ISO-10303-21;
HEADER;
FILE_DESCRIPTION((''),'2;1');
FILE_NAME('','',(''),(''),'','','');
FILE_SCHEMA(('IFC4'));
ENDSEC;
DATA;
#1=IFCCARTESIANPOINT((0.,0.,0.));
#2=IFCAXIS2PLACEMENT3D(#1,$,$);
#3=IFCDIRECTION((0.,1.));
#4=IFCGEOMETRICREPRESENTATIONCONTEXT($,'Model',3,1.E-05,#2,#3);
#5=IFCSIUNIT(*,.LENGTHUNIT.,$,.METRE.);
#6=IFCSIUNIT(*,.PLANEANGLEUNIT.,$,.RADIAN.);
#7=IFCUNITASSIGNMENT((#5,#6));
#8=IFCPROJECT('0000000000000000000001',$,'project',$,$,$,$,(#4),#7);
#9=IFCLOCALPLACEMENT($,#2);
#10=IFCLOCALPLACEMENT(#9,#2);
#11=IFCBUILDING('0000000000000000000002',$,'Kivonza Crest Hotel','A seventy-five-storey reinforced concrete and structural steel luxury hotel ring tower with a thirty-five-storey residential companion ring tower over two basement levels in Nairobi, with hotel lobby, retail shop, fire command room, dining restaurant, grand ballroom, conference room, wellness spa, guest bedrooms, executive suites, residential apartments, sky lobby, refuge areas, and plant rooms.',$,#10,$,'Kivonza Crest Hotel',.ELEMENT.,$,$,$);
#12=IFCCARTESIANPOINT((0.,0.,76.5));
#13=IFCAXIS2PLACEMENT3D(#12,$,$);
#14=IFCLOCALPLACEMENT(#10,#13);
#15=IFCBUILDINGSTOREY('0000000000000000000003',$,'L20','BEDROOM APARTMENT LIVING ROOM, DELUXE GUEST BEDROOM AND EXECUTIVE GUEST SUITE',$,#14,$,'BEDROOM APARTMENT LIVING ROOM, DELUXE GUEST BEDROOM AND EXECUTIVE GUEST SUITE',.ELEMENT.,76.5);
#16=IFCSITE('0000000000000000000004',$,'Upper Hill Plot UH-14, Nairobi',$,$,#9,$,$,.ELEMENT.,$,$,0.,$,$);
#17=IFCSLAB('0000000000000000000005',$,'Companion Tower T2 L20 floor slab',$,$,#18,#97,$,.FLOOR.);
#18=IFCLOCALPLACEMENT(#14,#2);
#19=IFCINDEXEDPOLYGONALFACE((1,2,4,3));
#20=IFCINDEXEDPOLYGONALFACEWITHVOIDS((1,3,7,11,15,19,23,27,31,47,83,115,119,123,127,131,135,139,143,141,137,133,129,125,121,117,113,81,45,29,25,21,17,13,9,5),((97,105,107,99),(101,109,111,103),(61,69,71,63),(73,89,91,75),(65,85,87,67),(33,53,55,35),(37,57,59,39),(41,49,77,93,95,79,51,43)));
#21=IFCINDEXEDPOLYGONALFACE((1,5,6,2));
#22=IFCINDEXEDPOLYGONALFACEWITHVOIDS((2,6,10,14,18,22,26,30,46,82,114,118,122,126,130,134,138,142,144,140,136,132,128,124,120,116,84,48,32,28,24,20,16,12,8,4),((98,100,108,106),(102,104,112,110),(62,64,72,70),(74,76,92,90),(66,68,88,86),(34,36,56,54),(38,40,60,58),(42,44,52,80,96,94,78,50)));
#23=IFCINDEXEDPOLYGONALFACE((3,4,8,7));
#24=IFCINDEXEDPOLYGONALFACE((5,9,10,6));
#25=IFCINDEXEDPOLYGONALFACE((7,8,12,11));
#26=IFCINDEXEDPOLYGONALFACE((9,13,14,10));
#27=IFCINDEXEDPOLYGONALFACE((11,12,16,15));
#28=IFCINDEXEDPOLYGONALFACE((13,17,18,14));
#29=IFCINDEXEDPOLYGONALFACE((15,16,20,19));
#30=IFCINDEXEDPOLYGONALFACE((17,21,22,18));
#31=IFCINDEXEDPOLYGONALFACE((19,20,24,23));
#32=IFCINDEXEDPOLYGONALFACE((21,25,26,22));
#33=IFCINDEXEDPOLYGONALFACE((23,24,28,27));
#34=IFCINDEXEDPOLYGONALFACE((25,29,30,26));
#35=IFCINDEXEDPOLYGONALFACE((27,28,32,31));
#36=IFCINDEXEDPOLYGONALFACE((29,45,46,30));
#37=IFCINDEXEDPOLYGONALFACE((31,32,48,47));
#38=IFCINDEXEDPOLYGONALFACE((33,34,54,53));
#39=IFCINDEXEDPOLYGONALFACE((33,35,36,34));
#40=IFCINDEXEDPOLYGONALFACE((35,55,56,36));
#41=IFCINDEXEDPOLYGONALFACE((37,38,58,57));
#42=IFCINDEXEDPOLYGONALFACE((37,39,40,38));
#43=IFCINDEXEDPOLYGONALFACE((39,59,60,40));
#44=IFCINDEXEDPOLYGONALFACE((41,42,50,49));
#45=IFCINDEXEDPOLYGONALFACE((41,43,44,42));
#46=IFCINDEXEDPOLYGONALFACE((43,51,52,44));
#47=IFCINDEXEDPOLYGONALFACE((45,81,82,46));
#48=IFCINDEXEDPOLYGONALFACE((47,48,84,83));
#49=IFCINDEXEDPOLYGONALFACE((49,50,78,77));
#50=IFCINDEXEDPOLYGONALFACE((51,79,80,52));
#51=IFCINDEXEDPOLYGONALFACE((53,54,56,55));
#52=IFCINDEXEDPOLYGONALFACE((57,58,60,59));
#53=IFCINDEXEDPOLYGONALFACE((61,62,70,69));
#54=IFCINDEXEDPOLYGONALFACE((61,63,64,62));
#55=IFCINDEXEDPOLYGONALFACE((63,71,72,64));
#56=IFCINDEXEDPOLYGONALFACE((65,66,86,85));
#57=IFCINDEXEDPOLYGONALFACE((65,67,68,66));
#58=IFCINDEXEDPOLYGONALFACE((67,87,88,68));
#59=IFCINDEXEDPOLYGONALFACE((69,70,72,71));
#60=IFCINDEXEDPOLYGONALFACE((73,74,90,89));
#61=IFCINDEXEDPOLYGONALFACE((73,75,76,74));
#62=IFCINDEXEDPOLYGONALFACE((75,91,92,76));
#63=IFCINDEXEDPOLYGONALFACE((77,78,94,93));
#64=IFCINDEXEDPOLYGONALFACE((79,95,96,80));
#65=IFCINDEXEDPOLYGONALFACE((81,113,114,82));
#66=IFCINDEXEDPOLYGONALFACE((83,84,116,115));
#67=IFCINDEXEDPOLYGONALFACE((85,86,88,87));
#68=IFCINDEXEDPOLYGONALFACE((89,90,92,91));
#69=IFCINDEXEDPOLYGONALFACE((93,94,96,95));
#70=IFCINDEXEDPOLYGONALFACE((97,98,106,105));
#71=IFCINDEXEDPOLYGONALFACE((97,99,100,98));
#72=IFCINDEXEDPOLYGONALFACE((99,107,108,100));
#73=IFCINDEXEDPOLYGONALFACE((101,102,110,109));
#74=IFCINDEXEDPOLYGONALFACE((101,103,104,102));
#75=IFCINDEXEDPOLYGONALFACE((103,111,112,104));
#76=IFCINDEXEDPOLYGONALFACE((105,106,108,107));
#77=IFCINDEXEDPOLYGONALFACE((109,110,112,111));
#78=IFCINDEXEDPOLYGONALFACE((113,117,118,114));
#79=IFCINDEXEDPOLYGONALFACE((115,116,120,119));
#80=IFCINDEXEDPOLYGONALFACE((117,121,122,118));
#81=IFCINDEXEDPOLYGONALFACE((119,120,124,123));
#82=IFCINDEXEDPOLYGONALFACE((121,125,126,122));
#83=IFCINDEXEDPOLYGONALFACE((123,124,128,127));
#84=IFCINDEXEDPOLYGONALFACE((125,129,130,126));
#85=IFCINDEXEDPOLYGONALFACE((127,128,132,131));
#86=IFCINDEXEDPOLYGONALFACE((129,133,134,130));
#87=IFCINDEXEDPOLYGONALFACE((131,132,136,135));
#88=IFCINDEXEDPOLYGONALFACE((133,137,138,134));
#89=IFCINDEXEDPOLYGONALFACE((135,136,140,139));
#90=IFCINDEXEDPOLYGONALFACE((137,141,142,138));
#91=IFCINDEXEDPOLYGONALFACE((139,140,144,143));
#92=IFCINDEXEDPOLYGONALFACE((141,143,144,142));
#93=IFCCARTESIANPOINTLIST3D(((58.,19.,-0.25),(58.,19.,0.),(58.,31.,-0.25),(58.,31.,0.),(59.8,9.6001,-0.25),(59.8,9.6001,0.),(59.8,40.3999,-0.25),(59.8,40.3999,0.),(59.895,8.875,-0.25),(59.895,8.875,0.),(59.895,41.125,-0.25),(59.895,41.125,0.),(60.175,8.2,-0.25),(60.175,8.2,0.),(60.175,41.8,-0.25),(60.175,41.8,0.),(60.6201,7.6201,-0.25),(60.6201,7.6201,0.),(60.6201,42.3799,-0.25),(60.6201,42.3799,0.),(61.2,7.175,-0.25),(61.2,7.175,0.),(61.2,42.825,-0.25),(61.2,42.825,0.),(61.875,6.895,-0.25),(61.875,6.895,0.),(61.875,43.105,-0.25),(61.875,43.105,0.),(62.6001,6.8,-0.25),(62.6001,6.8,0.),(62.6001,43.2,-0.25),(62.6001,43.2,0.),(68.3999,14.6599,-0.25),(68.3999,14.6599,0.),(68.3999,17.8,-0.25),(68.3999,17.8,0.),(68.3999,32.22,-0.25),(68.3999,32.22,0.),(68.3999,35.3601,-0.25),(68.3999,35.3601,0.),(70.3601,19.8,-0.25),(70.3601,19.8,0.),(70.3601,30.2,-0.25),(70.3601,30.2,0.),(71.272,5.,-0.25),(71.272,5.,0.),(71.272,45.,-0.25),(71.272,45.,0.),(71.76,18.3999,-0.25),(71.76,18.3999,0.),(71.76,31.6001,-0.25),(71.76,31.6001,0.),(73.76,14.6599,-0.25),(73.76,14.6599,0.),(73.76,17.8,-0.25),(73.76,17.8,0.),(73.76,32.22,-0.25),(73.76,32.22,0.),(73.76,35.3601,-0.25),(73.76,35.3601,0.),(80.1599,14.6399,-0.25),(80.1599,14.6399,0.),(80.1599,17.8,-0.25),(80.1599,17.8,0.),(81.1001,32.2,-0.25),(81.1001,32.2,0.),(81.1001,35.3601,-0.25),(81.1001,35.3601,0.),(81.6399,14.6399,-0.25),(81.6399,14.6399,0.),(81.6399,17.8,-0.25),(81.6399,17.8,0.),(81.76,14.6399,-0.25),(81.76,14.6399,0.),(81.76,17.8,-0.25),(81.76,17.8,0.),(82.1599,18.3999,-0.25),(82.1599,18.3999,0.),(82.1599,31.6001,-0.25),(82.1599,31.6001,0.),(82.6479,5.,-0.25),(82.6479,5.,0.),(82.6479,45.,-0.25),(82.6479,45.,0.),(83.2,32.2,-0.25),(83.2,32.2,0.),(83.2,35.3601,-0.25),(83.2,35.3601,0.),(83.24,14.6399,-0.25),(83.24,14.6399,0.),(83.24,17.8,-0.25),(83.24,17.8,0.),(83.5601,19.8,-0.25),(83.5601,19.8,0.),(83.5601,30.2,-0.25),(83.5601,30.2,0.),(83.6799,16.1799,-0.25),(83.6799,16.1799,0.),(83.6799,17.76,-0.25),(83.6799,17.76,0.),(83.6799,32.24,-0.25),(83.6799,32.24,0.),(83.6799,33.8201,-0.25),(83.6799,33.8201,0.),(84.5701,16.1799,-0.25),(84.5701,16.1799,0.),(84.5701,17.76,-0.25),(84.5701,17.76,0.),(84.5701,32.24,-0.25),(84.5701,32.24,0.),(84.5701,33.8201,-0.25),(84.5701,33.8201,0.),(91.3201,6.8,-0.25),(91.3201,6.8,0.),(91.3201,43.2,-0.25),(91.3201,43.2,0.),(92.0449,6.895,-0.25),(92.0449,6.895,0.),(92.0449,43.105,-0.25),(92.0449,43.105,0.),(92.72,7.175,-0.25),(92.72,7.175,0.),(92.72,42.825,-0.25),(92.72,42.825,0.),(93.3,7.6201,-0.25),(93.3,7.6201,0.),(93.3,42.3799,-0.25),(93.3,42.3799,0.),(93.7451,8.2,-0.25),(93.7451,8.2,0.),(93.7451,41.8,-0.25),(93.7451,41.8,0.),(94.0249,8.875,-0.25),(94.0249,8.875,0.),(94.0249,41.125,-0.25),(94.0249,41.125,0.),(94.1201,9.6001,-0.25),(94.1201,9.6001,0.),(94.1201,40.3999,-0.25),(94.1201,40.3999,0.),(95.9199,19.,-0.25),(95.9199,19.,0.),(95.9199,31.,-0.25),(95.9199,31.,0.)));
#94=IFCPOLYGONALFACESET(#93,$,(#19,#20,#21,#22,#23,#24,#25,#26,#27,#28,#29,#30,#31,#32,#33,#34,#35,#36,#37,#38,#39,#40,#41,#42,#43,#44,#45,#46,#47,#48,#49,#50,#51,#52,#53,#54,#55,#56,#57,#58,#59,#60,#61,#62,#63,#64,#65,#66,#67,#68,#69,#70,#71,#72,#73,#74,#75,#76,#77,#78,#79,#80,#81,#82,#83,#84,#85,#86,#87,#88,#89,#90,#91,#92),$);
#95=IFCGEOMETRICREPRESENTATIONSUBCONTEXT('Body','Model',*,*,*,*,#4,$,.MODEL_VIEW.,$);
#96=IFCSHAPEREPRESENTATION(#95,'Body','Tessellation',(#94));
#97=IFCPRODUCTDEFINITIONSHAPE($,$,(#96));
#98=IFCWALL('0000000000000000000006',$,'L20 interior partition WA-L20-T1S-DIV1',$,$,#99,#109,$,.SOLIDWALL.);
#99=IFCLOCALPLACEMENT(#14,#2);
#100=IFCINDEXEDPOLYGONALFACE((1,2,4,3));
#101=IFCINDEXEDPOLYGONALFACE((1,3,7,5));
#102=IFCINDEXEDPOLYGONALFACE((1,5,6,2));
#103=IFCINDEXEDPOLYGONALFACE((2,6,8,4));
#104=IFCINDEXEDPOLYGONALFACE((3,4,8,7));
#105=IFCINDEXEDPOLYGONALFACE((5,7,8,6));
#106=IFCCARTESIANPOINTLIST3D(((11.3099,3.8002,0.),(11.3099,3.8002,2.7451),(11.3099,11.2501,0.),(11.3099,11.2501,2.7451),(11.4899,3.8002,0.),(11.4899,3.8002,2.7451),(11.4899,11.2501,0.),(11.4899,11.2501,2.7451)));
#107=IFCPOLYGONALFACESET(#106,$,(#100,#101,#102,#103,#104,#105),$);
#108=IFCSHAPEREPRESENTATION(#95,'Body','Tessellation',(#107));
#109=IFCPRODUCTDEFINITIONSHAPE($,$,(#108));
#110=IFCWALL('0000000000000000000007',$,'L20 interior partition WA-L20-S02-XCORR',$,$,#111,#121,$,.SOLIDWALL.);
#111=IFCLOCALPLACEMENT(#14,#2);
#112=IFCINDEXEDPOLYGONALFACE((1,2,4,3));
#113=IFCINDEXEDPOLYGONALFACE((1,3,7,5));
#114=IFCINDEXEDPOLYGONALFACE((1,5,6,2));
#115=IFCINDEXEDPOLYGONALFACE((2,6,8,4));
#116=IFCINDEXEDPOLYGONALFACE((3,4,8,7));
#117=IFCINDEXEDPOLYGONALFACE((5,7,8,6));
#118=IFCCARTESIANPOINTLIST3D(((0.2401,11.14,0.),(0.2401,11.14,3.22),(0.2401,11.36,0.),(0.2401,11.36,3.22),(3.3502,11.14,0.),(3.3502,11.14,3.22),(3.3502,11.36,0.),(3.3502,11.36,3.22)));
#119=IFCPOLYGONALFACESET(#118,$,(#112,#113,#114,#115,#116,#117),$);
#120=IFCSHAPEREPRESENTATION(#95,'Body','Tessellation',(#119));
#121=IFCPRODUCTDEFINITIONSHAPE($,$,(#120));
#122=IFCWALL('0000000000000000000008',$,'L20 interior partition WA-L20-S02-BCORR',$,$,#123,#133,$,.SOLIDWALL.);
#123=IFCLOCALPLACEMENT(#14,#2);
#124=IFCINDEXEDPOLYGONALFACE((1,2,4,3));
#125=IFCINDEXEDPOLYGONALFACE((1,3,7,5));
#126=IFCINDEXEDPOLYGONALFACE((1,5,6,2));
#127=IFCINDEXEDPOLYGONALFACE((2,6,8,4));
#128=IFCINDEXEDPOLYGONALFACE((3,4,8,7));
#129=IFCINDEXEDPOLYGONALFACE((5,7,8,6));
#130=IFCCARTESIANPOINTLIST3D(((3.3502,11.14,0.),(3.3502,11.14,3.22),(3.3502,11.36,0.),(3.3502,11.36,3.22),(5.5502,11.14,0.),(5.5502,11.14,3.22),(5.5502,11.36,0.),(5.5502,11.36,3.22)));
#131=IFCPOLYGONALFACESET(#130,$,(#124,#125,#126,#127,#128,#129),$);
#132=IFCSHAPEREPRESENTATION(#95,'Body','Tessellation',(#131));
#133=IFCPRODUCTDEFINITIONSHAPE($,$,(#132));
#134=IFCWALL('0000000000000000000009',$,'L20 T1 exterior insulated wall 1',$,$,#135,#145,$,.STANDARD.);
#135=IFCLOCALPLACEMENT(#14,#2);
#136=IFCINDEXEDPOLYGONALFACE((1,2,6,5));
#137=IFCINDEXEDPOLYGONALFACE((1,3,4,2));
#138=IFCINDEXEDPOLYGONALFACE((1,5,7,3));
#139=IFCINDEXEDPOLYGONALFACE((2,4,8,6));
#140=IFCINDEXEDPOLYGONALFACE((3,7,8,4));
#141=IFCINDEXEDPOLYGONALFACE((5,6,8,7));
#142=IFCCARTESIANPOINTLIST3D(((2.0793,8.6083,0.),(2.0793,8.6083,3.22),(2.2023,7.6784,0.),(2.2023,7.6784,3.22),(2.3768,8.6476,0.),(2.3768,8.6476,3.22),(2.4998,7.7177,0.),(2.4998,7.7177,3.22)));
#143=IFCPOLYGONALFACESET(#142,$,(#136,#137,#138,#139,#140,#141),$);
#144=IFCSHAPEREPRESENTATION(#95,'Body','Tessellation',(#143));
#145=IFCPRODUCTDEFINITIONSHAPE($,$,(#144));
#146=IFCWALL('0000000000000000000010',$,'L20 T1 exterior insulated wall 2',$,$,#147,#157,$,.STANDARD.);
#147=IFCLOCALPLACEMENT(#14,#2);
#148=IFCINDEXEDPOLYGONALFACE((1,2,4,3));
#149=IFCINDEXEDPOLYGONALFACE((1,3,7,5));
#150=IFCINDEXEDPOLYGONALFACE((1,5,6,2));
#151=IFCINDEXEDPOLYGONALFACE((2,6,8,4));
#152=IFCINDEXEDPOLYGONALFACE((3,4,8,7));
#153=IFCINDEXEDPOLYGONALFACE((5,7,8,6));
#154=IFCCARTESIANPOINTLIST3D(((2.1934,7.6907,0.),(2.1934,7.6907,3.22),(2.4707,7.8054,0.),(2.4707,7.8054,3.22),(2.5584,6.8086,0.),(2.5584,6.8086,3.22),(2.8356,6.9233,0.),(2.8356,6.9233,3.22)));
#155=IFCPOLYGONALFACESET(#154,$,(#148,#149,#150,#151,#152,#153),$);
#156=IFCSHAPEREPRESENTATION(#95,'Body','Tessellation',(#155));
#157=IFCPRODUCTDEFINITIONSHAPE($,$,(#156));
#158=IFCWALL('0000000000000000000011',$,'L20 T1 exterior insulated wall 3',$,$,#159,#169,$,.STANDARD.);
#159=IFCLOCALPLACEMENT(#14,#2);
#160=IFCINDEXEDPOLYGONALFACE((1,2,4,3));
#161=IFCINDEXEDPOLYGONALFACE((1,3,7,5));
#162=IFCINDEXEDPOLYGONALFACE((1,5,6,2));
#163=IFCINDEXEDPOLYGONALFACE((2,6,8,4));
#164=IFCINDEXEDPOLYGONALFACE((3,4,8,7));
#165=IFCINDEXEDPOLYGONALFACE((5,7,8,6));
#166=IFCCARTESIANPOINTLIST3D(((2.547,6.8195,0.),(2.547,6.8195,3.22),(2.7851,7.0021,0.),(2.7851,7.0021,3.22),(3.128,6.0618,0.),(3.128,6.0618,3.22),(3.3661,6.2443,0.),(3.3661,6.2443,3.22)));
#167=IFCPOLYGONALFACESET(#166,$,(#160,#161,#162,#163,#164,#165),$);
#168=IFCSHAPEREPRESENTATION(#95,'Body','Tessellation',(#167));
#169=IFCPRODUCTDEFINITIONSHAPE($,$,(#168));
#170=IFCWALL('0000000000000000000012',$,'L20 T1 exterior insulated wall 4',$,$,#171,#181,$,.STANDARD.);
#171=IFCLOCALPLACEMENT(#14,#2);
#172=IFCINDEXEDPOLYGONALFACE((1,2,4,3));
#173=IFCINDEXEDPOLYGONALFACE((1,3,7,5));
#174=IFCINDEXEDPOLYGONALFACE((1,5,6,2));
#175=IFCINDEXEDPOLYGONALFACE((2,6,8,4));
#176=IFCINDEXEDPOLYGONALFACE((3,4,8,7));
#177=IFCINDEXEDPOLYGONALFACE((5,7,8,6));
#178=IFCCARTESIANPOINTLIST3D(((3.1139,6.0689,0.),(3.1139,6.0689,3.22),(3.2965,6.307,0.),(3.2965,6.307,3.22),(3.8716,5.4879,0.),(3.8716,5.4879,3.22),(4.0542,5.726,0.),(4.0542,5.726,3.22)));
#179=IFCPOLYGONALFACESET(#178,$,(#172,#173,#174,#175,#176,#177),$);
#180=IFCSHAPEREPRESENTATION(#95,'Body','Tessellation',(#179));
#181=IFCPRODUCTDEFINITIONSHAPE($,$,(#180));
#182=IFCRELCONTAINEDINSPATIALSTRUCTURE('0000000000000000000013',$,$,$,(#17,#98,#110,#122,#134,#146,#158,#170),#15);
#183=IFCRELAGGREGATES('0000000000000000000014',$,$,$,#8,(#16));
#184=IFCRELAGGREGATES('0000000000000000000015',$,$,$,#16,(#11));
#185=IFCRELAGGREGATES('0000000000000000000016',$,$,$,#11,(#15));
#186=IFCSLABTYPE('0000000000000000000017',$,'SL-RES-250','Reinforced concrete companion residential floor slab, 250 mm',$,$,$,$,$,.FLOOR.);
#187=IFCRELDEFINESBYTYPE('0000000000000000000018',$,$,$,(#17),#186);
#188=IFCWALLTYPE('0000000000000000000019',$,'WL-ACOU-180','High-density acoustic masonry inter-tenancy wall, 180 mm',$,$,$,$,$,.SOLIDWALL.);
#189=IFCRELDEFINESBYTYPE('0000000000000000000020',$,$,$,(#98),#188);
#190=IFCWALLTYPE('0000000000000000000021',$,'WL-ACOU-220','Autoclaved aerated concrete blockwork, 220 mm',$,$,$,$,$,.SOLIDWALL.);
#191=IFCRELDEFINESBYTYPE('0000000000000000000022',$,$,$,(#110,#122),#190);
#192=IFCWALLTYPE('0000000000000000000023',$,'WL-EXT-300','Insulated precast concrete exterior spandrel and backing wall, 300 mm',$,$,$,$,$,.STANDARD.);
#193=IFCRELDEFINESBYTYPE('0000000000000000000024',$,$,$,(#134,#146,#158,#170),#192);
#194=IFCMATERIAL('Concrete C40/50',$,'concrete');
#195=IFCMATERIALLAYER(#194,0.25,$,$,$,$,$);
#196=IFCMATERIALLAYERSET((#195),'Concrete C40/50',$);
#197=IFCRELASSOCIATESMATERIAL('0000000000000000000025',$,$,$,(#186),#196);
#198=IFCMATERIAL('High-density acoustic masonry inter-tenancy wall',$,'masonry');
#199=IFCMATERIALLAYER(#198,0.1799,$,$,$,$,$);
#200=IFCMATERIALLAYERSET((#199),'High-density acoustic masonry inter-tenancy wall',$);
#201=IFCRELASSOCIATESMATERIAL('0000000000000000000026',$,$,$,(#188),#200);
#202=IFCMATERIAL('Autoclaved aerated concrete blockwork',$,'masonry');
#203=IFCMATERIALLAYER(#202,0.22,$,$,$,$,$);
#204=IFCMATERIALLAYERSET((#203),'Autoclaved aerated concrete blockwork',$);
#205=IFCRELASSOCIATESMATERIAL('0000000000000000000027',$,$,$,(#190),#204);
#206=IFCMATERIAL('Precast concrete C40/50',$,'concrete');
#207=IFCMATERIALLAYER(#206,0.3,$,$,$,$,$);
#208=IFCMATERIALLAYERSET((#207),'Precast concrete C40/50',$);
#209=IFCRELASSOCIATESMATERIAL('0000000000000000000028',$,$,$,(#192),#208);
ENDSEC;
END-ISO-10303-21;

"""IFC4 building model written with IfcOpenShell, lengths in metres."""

from ifc_helpers import new_model, si_unit, direction, frame, frame_2d, origin, place, context, subcontext, project, spatial, polyline, rectangle, outline, extrude, material, layer, layer_set, type_object, element, save


model = new_model("IFC4")

# Units and contexts
model_context = context("Model", 3, precision=1e-05, world=origin(), true_north=direction((0.0, 1.0)))
body_context = subcontext(model_context, "Body", "Model", "MODEL_VIEW")
ifc_project = project(units=[si_unit("LENGTHUNIT", "METRE"), si_unit("PLANEANGLEUNIT", "RADIAN")], contexts=[model_context])

# Site, building, storey
site_placement = place(None, origin())
site = spatial("IfcSite", under=ifc_project, at=site_placement, Name="Upper Hill Plot UH-14, Nairobi", CompositionType="ELEMENT", RefElevation=0.0)
building_placement = place(site_placement, origin())
building = spatial("IfcBuilding", under=site, at=building_placement, Name="Kivonza Crest Hotel", Description="A seventy-five-storey reinforced concrete and structural steel luxury hotel ring tower with a thirty-five-storey residential companion ring tower over two basement levels in Nairobi, with hotel lobby, retail shop, fire command room, dining restaurant, grand ballroom, conference room, wellness spa, guest bedrooms, executive suites, residential apartments, sky lobby, refuge areas, and plant rooms.", LongName="Kivonza Crest Hotel", CompositionType="ELEMENT")
storey_placement = place(building_placement, frame((0.0, 0.0, 76.5)))
storey = spatial("IfcBuildingStorey", under=building, at=storey_placement, Name="L20", Description="BEDROOM APARTMENT LIVING ROOM, DELUXE GUEST BEDROOM AND EXECUTIVE GUEST SUITE", LongName="BEDROOM APARTMENT LIVING ROOM, DELUXE GUEST BEDROOM AND EXECUTIVE GUEST SUITE", CompositionType="ELEMENT", Elevation=76.5)

# Shared definitions
ifc_material_1 = material(Name="Concrete C40/50", Category="concrete")

# Slab
ifc_layer_1 = layer(ifc_material_1, 0.25)
ifc_layer_set_1 = layer_set([ifc_layer_1], Name="Concrete C40/50")
slab_type_1 = type_object("IfcSlabType", Name="SL-RES-250", Description="Reinforced concrete companion residential floor slab, 250 mm", PredefinedType="FLOOR", material=ifc_layer_set_1)
slab_1_placement = place(storey_placement, frame((0.0, 0.0, -0.25)))
element("IfcSlab", 1, at=slab_1_placement, inside=storey, type_object=slab_type_1, Name="Companion Tower T2 L20 floor slab", PredefinedType="FLOOR", context=body_context, shape_type="SweptSolid", body=[
    extrude(outline(polyline([(59.8, 9.6001), (59.895, 8.875), (60.175, 8.2), (60.6201, 7.6201), (61.2, 7.175), (61.875, 6.895), (62.6001, 6.8), (71.272, 5.0), (82.6479, 5.0), (91.3201, 6.8), (92.0449, 6.895), (92.72, 7.175), (93.3, 7.6201), (93.7451, 8.2), (94.0249, 8.875), (94.1201, 9.6001), (95.9199, 19.0), (95.9199, 31.0), (94.1201, 40.3999), (94.0249, 41.125), (93.7451, 41.8), (93.3, 42.3799), (92.72, 42.825), (92.0449, 43.105), (91.3201, 43.2), (82.6479, 45.0), (71.272, 45.0), (62.6001, 43.2), (61.875, 43.105), (61.2, 42.825), (60.6201, 42.3799), (60.175, 41.8), (59.895, 41.125), (59.8, 40.3999), (58.0, 31.0), (58.0, 19.0), (59.8, 9.6001)]), holes=[polyline([(71.76, 18.3999), (82.1599, 18.3999), (83.5601, 19.8), (83.5601, 30.2), (82.1599, 31.6001), (71.76, 31.6001), (70.3601, 30.2), (70.3601, 19.8), (71.76, 18.3999)]), polyline([(68.3999, 32.22), (73.76, 32.22), (73.76, 35.3601), (68.3999, 35.3601), (68.3999, 32.22)]), polyline([(68.3999, 14.6599), (73.76, 14.6599), (73.76, 17.8), (68.3999, 17.8), (68.3999, 14.6599)]), polyline([(83.6799, 32.24), (84.5701, 32.24), (84.5701, 33.8201), (83.6799, 33.8201), (83.6799, 32.24)]), polyline([(83.6799, 16.1799), (84.5701, 16.1799), (84.5701, 17.76), (83.6799, 17.76), (83.6799, 16.1799)]), polyline([(81.1001, 32.2), (83.2, 32.2), (83.2, 35.3601), (81.1001, 35.3601), (81.1001, 32.2)]), polyline([(80.1599, 14.6399), (81.6399, 14.6399), (81.6399, 17.8), (80.1599, 17.8), (80.1599, 14.6399)]), polyline([(81.76, 14.6399), (83.24, 14.6399), (83.24, 17.8), (81.76, 17.8), (81.76, 14.6399)])]), origin(), (0.0, 0.0, 1.0), 0.25),
])

# Walls
ifc_material_2 = material(Name="High-density acoustic masonry inter-tenancy wall", Category="masonry")
ifc_layer_2 = layer(ifc_material_2, 0.1799)
ifc_layer_set_2 = layer_set([ifc_layer_2], Name="High-density acoustic masonry inter-tenancy wall")
wall_type_1 = type_object("IfcWallType", Name="WL-ACOU-180", Description="High-density acoustic masonry inter-tenancy wall, 180 mm", PredefinedType="SOLIDWALL", material=ifc_layer_set_2)
wall_1_placement = place(storey_placement, frame((11.3999, 3.8, 0.0), z_axis=(0.0, 0.0, 1.0), x_axis=(0.0, 1.0, 0.0)))
element("IfcWall", 2, at=wall_1_placement, inside=storey, type_object=wall_type_1, Name="L20 interior partition WA-L20-T1S-DIV1", PredefinedType="SOLIDWALL", context=body_context, shape_type="SweptSolid", body=[
    extrude(rectangle(XDim=7.45, YDim=0.1799, at=frame_2d((3.7251, 0.0))), origin(), (0.0, 0.0, 1.0), 2.7451),
])
ifc_material_3 = material(Name="Autoclaved aerated concrete blockwork", Category="masonry")
ifc_layer_3 = layer(ifc_material_3, 0.22)
ifc_layer_set_3 = layer_set([ifc_layer_3], Name="Autoclaved aerated concrete blockwork")
wall_type_2 = type_object("IfcWallType", Name="WL-ACOU-220", Description="Autoclaved aerated concrete blockwork, 220 mm", PredefinedType="SOLIDWALL", material=ifc_layer_set_3)
wall_2_placement = place(storey_placement, frame((0.24, 11.25, 0.0), z_axis=(0.0, 0.0, 1.0), x_axis=(1.0, 0.0, 0.0)))
element("IfcWall", 3, at=wall_2_placement, inside=storey, type_object=wall_type_2, Name="L20 interior partition WA-L20-S02-XCORR", PredefinedType="SOLIDWALL", context=body_context, shape_type="SweptSolid", body=[
    extrude(rectangle(XDim=3.1101, YDim=0.22, at=frame_2d((1.5552, 0.0))), origin(), (0.0, 0.0, 1.0), 3.22),
])
wall_3_placement = place(storey_placement, frame((3.3501, 11.25, 0.0), z_axis=(0.0, 0.0, 1.0), x_axis=(1.0, 0.0, 0.0)))
element("IfcWall", 4, at=wall_3_placement, inside=storey, type_object=wall_type_2, Name="L20 interior partition WA-L20-S02-BCORR", PredefinedType="SOLIDWALL", context=body_context, shape_type="SweptSolid", body=[
    extrude(rectangle(XDim=2.2, YDim=0.22, at=frame_2d((1.1001, 0.0))), origin(), (0.0, 0.0, 1.0), 3.22),
])
ifc_material_4 = material(Name="Precast concrete C40/50", Category="concrete")
ifc_layer_4 = layer(ifc_material_4, 0.3)
ifc_layer_set_4 = layer_set([ifc_layer_4], Name="Precast concrete C40/50")
wall_type_3 = type_object("IfcWallType", Name="WL-EXT-300", Description="Insulated precast concrete exterior spandrel and backing wall, 300 mm", PredefinedType="STANDARD", material=ifc_layer_set_4)
wall_4_placement = place(storey_placement, frame((2.228, 8.6279, 0.0), z_axis=(0.0, 0.0, 1.0), x_axis=(0.131175, -0.991359, 0.0)))
element("IfcWall", 5, at=wall_4_placement, inside=storey, type_object=wall_type_3, Name="L20 T1 exterior insulated wall 1", PredefinedType="STANDARD", context=body_context, shape_type="SweptSolid", body=[
    extrude(rectangle(XDim=0.938, YDim=0.3, at=frame_2d((0.469, 0.0))), origin(), (0.0, 0.0, 1.0), 3.22),
])
wall_5_placement = place(storey_placement, frame((2.332, 7.748, 0.0), z_axis=(0.0, 0.0, 1.0), x_axis=(0.382344, -0.92402, 0.0)))
element("IfcWall", 6, at=wall_5_placement, inside=storey, type_object=wall_type_3, Name="L20 T1 exterior insulated wall 2", PredefinedType="STANDARD", context=body_context, shape_type="SweptSolid", body=[
    extrude(rectangle(XDim=0.9546, YDim=0.3, at=frame_2d((0.4773, 0.0))), origin(), (0.0, 0.0, 1.0), 3.22),
])
for number, where, z_axis, x_axis, name in (
    (7, (2.666, 6.9109, 0.0), (0.0, 0.0, 1.0), (0.608474, -0.793573, 0.0), "L20 T1 exterior insulated wall 3"),
    (8, (3.2051, 6.188, 0.0), (0.0, 0.0, 1.0), (0.793573, -0.608474, 0.0), "L20 T1 exterior insulated wall 4"),
):
    element("IfcWall", number, at=place(storey_placement, frame(where, z_axis=z_axis, x_axis=x_axis)), inside=storey, type_object=wall_type_3, Name=name, PredefinedType="STANDARD", context=body_context, shape_type="SweptSolid", body=[
        extrude(rectangle(XDim=0.9548, YDim=0.3, at=frame_2d((0.4775, 0.0))), origin(), (0.0, 0.0, 1.0), 3.22),
    ])

save(model, "model.ifc")
